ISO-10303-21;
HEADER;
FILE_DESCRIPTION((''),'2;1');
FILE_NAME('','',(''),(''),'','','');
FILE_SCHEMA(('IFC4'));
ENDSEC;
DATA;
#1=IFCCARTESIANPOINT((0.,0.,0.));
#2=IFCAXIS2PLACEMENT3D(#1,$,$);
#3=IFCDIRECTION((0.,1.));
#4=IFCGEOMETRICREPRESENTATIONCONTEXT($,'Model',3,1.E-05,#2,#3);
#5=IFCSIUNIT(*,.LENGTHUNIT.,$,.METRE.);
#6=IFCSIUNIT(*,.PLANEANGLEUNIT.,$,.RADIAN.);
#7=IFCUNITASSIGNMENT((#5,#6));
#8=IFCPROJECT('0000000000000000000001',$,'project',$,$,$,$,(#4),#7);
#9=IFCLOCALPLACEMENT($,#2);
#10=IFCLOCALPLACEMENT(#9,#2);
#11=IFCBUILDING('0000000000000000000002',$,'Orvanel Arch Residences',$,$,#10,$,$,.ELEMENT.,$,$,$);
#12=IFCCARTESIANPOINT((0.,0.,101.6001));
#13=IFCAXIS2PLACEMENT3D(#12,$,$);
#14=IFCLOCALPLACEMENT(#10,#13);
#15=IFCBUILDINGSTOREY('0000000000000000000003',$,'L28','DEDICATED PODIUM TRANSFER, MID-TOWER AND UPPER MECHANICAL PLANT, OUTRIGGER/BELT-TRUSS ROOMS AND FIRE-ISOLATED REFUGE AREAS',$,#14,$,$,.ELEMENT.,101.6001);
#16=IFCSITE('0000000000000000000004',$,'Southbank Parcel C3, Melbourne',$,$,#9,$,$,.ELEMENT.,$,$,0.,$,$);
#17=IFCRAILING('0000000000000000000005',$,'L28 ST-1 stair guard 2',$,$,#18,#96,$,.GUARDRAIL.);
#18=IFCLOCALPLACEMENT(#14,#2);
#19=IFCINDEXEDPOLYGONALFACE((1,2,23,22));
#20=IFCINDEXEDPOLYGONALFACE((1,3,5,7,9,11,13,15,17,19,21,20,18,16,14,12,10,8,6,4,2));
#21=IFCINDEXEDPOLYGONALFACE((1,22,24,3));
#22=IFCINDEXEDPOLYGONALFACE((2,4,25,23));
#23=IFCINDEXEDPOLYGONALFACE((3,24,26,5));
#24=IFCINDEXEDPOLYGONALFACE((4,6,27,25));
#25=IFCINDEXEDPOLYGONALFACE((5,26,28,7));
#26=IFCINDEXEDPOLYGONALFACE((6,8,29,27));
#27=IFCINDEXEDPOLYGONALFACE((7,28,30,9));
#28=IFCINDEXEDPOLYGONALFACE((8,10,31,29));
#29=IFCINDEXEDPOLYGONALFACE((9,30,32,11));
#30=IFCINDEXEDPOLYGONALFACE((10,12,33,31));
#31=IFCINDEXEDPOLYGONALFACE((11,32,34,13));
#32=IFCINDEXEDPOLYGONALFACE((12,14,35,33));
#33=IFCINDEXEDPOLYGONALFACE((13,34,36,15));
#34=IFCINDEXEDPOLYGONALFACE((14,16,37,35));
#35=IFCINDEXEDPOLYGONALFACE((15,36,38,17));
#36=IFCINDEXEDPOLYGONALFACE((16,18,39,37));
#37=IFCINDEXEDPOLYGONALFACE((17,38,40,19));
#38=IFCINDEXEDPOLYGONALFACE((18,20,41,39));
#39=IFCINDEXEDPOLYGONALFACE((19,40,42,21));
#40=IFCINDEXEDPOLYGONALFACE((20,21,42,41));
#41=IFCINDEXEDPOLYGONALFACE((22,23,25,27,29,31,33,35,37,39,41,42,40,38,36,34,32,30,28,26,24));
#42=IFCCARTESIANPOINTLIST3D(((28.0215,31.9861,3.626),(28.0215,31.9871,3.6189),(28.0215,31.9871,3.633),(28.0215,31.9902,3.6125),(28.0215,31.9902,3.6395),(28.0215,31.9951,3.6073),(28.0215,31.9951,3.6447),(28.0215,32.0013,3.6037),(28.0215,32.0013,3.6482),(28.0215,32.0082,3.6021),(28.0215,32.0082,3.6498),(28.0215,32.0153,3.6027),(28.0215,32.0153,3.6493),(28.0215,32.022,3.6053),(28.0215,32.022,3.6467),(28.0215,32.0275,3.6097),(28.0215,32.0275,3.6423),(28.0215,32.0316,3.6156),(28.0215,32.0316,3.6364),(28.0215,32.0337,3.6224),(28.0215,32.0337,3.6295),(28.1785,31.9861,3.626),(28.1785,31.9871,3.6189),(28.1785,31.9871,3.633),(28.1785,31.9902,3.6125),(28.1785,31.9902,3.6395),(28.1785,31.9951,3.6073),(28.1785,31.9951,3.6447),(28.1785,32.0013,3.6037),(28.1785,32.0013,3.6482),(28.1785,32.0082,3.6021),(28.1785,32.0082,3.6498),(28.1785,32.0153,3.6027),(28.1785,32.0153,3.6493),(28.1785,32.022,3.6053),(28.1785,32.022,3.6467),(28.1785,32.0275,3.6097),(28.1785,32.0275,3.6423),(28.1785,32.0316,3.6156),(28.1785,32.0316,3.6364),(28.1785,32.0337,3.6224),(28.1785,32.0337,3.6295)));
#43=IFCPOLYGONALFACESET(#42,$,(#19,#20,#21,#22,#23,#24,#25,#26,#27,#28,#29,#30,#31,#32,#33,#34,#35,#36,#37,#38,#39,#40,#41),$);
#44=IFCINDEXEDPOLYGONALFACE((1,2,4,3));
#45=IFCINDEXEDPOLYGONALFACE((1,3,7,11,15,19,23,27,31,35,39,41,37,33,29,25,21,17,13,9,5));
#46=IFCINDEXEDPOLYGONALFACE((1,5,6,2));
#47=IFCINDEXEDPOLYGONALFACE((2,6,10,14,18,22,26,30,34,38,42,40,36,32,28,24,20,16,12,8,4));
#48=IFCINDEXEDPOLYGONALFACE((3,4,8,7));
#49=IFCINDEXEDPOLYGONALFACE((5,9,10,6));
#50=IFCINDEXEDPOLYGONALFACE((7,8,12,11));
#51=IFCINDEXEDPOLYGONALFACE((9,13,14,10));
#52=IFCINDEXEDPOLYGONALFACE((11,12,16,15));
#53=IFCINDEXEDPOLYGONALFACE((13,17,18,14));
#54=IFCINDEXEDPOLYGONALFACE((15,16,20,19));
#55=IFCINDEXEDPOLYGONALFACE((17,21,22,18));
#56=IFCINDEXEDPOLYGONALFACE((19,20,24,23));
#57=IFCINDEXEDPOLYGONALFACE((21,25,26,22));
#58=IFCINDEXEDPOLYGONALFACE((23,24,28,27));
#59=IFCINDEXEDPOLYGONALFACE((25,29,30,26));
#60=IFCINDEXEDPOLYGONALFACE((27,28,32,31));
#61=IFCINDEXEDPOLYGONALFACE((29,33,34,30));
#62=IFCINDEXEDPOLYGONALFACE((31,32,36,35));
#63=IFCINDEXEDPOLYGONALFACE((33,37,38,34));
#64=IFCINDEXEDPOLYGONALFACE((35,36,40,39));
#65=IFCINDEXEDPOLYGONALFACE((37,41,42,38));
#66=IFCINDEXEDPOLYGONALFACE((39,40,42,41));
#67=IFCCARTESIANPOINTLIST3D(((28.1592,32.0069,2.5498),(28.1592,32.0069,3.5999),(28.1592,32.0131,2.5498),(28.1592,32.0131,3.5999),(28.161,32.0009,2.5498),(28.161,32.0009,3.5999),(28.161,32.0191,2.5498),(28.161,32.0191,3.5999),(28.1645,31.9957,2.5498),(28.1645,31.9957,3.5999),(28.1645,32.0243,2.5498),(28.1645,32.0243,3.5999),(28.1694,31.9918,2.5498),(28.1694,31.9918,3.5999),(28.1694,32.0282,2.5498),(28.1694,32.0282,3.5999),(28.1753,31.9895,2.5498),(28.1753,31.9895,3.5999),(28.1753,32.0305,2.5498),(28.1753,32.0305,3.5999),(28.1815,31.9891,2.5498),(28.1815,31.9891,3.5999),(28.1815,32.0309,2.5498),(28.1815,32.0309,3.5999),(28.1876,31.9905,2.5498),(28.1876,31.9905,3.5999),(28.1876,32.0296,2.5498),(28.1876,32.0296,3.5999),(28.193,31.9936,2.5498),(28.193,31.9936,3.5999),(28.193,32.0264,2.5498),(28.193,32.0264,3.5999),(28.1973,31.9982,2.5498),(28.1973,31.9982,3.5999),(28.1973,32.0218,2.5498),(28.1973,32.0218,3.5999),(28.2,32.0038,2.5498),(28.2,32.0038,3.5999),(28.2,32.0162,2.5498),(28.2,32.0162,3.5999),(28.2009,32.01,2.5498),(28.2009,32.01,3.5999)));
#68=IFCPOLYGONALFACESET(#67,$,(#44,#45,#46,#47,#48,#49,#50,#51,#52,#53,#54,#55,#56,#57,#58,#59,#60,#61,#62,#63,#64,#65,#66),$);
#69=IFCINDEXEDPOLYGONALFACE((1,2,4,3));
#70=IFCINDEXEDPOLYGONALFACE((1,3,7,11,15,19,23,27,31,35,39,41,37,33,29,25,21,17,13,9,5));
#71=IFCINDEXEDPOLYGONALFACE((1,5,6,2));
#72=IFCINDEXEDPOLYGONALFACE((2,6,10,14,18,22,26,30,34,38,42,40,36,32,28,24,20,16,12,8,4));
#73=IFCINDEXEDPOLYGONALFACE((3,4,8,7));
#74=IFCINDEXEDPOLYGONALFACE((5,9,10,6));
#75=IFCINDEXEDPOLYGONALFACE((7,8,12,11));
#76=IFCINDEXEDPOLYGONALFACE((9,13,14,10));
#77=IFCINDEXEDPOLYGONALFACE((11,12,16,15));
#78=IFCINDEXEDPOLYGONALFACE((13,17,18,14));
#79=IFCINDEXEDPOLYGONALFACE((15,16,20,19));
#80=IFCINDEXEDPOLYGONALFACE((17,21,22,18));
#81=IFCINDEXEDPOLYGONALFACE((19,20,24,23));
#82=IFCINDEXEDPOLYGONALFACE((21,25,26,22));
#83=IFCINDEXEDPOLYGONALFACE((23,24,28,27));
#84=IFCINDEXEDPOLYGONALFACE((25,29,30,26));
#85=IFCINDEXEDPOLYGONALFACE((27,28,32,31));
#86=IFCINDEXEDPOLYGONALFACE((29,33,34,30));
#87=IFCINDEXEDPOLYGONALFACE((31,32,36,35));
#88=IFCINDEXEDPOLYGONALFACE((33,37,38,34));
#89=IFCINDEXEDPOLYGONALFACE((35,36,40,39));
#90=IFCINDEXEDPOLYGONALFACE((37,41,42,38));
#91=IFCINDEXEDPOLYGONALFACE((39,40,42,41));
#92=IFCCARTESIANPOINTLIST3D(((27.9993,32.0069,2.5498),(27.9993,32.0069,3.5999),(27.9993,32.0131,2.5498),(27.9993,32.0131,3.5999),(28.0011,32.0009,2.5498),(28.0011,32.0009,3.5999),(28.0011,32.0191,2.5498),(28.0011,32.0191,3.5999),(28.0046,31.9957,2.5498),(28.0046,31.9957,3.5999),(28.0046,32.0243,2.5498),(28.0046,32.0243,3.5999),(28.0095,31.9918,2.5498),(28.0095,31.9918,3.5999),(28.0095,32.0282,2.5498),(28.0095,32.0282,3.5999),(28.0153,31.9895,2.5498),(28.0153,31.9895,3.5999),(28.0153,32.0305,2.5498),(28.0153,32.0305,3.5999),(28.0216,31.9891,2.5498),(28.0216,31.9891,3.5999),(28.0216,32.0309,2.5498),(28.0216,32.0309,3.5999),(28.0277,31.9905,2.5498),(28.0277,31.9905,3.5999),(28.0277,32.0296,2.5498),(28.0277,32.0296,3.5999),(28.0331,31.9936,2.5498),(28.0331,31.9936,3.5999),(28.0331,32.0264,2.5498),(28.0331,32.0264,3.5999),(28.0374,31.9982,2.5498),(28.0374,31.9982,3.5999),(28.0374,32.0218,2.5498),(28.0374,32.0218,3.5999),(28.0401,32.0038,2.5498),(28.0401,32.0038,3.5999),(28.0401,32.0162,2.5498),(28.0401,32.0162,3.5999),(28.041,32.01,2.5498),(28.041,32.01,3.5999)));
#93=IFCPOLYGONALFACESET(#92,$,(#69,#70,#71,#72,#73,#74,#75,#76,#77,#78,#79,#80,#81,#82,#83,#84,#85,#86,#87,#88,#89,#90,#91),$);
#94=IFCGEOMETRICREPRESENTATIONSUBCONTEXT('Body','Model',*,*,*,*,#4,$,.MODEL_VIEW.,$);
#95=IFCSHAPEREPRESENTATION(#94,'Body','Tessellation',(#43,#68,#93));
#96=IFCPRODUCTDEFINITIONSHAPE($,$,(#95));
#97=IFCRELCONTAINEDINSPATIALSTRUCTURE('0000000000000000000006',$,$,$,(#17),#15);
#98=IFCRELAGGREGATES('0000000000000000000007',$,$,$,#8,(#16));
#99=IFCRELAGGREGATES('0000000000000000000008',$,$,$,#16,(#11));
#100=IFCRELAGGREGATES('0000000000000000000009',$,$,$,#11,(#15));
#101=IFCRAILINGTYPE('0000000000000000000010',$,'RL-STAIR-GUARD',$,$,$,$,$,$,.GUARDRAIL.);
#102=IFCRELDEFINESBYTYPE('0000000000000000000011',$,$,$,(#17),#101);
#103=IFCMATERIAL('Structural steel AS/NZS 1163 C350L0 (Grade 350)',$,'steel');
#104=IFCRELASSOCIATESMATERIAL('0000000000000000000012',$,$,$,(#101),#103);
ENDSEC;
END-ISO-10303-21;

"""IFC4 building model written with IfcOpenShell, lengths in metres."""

from ifc_helpers import new_model, si_unit, direction, frame, origin, origin_2d, place, context, subcontext, project, spatial, circle, extrude, material, type_object, element, save


model = new_model("IFC4")

# Units and contexts
model_context = context("Model", 3, precision=1e-05, world=origin(), true_north=direction((0.0, 1.0)))
body_context = subcontext(model_context, "Body", "Model", "MODEL_VIEW")
ifc_project = project(units=[si_unit("LENGTHUNIT", "METRE"), si_unit("PLANEANGLEUNIT", "RADIAN")], contexts=[model_context])

# Site, building, storey
site_placement = place(None, origin())
site = spatial("IfcSite", under=ifc_project, at=site_placement, Name="Southbank Parcel C3, Melbourne", CompositionType="ELEMENT", RefElevation=0.0)
building_placement = place(site_placement, origin())
building = spatial("IfcBuilding", under=site, at=building_placement, Name="Orvanel Arch Residences", CompositionType="ELEMENT")
storey_placement = place(building_placement, frame((0.0, 0.0, 101.6001)))
storey = spatial("IfcBuildingStorey", under=building, at=storey_placement, Name="L28", Description="DEDICATED PODIUM TRANSFER, MID-TOWER AND UPPER MECHANICAL PLANT, OUTRIGGER/BELT-TRUSS ROOMS AND FIRE-ISOLATED REFUGE AREAS", CompositionType="ELEMENT", Elevation=101.6001)

# Railing
ifc_material_1 = material(Name="Structural steel AS/NZS 1163 C350L0 (Grade 350)", Category="steel")
railing_type_1 = type_object("IfcRailingType", Name="RL-STAIR-GUARD", PredefinedType="GUARDRAIL", material=ifc_material_1)
railing_1_placement = place(storey_placement, frame((28.1799, 32.01, 2.5498)))
element("IfcRailing", 1, at=railing_1_placement, inside=storey, type_object=railing_type_1, Name="L28 ST-1 stair guard 2", PredefinedType="GUARDRAIL", context=body_context, shape_type="SweptSolid", body=[
    extrude(circle(Radius=0.0239, at=origin_2d()), frame((-0.0015, 0.0, 1.0762), z_axis=(-1.0, 0.0, 0.0), x_axis=(0.0, -1.0, 0.0)), (0.0, 0.0, 1.0), 0.157),
    extrude(circle(Radius=0.021, at=origin_2d()), origin(), (0.0, 0.0, 1.0), 1.05),
    extrude(circle(Radius=0.021, at=origin_2d()), frame((-0.1599, 0.0, 0.0)), (0.0, 0.0, 1.0), 1.05),
])

save(model, "model.ifc")
